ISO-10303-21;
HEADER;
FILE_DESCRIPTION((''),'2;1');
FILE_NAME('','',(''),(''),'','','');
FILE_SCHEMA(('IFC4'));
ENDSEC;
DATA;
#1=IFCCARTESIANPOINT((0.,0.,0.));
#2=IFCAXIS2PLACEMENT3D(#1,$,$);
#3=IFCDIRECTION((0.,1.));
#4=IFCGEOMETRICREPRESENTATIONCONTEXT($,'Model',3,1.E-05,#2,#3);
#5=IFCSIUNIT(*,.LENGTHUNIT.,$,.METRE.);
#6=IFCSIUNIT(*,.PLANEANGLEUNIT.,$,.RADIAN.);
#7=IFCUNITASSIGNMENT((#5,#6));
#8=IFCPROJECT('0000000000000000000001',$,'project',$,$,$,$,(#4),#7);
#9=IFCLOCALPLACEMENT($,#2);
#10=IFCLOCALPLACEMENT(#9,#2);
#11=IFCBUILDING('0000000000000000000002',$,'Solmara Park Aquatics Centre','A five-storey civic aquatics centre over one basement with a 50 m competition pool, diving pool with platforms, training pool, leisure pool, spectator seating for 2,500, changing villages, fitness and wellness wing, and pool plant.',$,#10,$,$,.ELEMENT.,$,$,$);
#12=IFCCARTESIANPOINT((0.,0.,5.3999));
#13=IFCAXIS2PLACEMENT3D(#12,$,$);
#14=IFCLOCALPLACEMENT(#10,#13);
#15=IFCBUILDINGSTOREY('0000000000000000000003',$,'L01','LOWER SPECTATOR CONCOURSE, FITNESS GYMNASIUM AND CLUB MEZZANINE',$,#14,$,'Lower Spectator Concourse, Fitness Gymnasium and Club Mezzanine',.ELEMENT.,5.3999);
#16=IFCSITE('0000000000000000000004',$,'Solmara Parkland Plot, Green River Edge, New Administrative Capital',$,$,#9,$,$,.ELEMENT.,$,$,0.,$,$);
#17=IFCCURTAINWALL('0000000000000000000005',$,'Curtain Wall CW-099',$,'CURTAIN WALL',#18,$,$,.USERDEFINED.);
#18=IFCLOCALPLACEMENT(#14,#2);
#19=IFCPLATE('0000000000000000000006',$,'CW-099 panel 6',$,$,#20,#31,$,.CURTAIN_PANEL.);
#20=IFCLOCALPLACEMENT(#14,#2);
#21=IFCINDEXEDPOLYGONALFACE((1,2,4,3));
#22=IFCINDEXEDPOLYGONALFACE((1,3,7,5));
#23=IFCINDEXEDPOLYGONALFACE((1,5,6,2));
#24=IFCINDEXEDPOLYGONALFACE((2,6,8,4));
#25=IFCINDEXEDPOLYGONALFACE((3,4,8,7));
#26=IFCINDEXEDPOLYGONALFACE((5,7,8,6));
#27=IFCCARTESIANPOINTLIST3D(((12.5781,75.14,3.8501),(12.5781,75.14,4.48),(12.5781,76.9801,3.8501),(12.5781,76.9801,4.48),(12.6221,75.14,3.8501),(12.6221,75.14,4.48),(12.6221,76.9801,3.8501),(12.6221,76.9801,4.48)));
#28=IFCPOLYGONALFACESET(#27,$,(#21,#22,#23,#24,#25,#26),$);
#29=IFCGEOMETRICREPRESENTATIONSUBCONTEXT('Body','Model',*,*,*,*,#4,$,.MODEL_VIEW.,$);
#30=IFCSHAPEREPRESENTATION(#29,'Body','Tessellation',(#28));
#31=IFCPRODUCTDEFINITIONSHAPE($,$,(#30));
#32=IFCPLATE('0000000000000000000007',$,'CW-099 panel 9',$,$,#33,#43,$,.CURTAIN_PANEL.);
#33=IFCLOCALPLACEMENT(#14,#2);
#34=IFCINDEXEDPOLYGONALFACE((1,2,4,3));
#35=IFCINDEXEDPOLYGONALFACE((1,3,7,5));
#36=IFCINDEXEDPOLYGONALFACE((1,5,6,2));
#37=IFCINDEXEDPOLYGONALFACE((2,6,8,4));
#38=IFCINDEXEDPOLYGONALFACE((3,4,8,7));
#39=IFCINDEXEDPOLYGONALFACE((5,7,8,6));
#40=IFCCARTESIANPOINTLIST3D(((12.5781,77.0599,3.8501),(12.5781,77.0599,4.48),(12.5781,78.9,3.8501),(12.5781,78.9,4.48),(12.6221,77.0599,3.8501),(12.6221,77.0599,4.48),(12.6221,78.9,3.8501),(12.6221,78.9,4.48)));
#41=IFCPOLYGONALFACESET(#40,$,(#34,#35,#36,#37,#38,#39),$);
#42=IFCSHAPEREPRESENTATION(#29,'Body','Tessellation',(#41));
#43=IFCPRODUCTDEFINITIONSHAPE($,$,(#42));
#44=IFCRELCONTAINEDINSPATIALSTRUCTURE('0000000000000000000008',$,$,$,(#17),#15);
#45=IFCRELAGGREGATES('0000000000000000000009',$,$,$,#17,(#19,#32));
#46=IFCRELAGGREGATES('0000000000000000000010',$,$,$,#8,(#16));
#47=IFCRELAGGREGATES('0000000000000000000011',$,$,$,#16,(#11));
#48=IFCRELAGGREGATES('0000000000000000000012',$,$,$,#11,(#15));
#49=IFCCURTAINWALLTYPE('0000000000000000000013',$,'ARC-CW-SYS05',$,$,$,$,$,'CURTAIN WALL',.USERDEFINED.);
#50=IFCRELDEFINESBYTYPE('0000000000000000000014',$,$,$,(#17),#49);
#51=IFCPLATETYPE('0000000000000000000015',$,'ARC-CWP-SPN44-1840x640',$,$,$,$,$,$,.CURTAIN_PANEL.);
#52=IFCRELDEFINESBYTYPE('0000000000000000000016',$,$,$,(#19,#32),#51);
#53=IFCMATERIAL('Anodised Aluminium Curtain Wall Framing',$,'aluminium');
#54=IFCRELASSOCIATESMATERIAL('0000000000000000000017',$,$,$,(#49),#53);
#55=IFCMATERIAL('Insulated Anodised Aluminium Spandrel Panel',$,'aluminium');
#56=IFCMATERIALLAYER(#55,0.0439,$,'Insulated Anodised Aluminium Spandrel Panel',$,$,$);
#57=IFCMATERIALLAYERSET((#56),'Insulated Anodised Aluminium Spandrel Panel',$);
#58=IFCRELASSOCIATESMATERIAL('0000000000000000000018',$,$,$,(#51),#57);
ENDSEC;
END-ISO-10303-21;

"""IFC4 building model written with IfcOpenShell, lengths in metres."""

from ifc_helpers import new_model, si_unit, direction, frame, origin, origin_2d, place, context, subcontext, project, spatial, rectangle, extrude, material, layer, layer_set, type_object, element, aggregate, save


model = new_model("IFC4")

# Units and contexts
model_context = context("Model", 3, precision=1e-05, world=origin(), true_north=direction((0.0, 1.0)))
body_context = subcontext(model_context, "Body", "Model", "MODEL_VIEW")
ifc_project = project(units=[si_unit("LENGTHUNIT", "METRE"), si_unit("PLANEANGLEUNIT", "RADIAN")], contexts=[model_context])

# Site, building, storey
site_placement = place(None, origin())
site = spatial("IfcSite", under=ifc_project, at=site_placement, Name="Solmara Parkland Plot, Green River Edge, New Administrative Capital", CompositionType="ELEMENT", RefElevation=0.0)
building_placement = place(site_placement, origin())
building = spatial("IfcBuilding", under=site, at=building_placement, Name="Solmara Park Aquatics Centre", Description="A five-storey civic aquatics centre over one basement with a 50 m competition pool, diving pool with platforms, training pool, leisure pool, spectator seating for 2,500, changing villages, fitness and wellness wing, and pool plant.", CompositionType="ELEMENT")
storey_placement = place(building_placement, frame((0.0, 0.0, 5.3999)))
storey = spatial("IfcBuildingStorey", under=building, at=storey_placement, Name="L01", Description="LOWER SPECTATOR CONCOURSE, FITNESS GYMNASIUM AND CLUB MEZZANINE", LongName="Lower Spectator Concourse, Fitness Gymnasium and Club Mezzanine", CompositionType="ELEMENT", Elevation=5.3999)

# Curtain wall
ifc_material_1 = material(Name="Anodised Aluminium Curtain Wall Framing", Category="aluminium")
curtain_wall_type = type_object("IfcCurtainWallType", Name="ARC-CW-SYS05", ElementType="CURTAIN WALL", PredefinedType="USERDEFINED", material=ifc_material_1)
curtain_wall_1_placement = place(storey_placement, origin())
curtain_wall_1 = element("IfcCurtainWall", 1, at=curtain_wall_1_placement, inside=storey, type_object=curtain_wall_type, Name="Curtain Wall CW-099", ObjectType="CURTAIN WALL", PredefinedType="USERDEFINED")

# Plates
ifc_material_2 = material(Name="Insulated Anodised Aluminium Spandrel Panel", Category="aluminium")
ifc_layer_1 = layer(ifc_material_2, 0.0439, Name="Insulated Anodised Aluminium Spandrel Panel")
ifc_layer_set_1 = layer_set([ifc_layer_1], Name="Insulated Anodised Aluminium Spandrel Panel")
plate_type_1 = type_object("IfcPlateType", Name="ARC-CWP-SPN44-1840x640", PredefinedType="CURTAIN_PANEL", material=ifc_layer_set_1)
plate_1_placement = place(storey_placement, frame((12.6001, 76.0601, 3.8501), z_axis=(0.0, 0.0, 1.0), x_axis=(0.0, 1.0, 0.0)))
plate_1 = element("IfcPlate", 2, at=plate_1_placement, type_object=plate_type_1, Name="CW-099 panel 6", PredefinedType="CURTAIN_PANEL", context=body_context, shape_type="SweptSolid", body=[
    extrude(rectangle(XDim=1.8401, YDim=0.0439, at=origin_2d()), origin(), (0.0, 0.0, 1.0), 0.6299),
])
plate_2_placement = place(storey_placement, frame((12.6001, 77.98, 3.8501), z_axis=(0.0, 0.0, 1.0), x_axis=(0.0, 1.0, 0.0)))
plate_2 = element("IfcPlate", 3, at=plate_2_placement, type_object=plate_type_1, Name="CW-099 panel 9", PredefinedType="CURTAIN_PANEL", context=body_context, shape_type="SweptSolid", body=[
    extrude(rectangle(XDim=1.8401, YDim=0.0439, at=origin_2d()), origin(), (0.0, 0.0, 1.0), 0.6299),
])
aggregate(curtain_wall_1, [plate_1, plate_2])

save(model, "model.ifc")
